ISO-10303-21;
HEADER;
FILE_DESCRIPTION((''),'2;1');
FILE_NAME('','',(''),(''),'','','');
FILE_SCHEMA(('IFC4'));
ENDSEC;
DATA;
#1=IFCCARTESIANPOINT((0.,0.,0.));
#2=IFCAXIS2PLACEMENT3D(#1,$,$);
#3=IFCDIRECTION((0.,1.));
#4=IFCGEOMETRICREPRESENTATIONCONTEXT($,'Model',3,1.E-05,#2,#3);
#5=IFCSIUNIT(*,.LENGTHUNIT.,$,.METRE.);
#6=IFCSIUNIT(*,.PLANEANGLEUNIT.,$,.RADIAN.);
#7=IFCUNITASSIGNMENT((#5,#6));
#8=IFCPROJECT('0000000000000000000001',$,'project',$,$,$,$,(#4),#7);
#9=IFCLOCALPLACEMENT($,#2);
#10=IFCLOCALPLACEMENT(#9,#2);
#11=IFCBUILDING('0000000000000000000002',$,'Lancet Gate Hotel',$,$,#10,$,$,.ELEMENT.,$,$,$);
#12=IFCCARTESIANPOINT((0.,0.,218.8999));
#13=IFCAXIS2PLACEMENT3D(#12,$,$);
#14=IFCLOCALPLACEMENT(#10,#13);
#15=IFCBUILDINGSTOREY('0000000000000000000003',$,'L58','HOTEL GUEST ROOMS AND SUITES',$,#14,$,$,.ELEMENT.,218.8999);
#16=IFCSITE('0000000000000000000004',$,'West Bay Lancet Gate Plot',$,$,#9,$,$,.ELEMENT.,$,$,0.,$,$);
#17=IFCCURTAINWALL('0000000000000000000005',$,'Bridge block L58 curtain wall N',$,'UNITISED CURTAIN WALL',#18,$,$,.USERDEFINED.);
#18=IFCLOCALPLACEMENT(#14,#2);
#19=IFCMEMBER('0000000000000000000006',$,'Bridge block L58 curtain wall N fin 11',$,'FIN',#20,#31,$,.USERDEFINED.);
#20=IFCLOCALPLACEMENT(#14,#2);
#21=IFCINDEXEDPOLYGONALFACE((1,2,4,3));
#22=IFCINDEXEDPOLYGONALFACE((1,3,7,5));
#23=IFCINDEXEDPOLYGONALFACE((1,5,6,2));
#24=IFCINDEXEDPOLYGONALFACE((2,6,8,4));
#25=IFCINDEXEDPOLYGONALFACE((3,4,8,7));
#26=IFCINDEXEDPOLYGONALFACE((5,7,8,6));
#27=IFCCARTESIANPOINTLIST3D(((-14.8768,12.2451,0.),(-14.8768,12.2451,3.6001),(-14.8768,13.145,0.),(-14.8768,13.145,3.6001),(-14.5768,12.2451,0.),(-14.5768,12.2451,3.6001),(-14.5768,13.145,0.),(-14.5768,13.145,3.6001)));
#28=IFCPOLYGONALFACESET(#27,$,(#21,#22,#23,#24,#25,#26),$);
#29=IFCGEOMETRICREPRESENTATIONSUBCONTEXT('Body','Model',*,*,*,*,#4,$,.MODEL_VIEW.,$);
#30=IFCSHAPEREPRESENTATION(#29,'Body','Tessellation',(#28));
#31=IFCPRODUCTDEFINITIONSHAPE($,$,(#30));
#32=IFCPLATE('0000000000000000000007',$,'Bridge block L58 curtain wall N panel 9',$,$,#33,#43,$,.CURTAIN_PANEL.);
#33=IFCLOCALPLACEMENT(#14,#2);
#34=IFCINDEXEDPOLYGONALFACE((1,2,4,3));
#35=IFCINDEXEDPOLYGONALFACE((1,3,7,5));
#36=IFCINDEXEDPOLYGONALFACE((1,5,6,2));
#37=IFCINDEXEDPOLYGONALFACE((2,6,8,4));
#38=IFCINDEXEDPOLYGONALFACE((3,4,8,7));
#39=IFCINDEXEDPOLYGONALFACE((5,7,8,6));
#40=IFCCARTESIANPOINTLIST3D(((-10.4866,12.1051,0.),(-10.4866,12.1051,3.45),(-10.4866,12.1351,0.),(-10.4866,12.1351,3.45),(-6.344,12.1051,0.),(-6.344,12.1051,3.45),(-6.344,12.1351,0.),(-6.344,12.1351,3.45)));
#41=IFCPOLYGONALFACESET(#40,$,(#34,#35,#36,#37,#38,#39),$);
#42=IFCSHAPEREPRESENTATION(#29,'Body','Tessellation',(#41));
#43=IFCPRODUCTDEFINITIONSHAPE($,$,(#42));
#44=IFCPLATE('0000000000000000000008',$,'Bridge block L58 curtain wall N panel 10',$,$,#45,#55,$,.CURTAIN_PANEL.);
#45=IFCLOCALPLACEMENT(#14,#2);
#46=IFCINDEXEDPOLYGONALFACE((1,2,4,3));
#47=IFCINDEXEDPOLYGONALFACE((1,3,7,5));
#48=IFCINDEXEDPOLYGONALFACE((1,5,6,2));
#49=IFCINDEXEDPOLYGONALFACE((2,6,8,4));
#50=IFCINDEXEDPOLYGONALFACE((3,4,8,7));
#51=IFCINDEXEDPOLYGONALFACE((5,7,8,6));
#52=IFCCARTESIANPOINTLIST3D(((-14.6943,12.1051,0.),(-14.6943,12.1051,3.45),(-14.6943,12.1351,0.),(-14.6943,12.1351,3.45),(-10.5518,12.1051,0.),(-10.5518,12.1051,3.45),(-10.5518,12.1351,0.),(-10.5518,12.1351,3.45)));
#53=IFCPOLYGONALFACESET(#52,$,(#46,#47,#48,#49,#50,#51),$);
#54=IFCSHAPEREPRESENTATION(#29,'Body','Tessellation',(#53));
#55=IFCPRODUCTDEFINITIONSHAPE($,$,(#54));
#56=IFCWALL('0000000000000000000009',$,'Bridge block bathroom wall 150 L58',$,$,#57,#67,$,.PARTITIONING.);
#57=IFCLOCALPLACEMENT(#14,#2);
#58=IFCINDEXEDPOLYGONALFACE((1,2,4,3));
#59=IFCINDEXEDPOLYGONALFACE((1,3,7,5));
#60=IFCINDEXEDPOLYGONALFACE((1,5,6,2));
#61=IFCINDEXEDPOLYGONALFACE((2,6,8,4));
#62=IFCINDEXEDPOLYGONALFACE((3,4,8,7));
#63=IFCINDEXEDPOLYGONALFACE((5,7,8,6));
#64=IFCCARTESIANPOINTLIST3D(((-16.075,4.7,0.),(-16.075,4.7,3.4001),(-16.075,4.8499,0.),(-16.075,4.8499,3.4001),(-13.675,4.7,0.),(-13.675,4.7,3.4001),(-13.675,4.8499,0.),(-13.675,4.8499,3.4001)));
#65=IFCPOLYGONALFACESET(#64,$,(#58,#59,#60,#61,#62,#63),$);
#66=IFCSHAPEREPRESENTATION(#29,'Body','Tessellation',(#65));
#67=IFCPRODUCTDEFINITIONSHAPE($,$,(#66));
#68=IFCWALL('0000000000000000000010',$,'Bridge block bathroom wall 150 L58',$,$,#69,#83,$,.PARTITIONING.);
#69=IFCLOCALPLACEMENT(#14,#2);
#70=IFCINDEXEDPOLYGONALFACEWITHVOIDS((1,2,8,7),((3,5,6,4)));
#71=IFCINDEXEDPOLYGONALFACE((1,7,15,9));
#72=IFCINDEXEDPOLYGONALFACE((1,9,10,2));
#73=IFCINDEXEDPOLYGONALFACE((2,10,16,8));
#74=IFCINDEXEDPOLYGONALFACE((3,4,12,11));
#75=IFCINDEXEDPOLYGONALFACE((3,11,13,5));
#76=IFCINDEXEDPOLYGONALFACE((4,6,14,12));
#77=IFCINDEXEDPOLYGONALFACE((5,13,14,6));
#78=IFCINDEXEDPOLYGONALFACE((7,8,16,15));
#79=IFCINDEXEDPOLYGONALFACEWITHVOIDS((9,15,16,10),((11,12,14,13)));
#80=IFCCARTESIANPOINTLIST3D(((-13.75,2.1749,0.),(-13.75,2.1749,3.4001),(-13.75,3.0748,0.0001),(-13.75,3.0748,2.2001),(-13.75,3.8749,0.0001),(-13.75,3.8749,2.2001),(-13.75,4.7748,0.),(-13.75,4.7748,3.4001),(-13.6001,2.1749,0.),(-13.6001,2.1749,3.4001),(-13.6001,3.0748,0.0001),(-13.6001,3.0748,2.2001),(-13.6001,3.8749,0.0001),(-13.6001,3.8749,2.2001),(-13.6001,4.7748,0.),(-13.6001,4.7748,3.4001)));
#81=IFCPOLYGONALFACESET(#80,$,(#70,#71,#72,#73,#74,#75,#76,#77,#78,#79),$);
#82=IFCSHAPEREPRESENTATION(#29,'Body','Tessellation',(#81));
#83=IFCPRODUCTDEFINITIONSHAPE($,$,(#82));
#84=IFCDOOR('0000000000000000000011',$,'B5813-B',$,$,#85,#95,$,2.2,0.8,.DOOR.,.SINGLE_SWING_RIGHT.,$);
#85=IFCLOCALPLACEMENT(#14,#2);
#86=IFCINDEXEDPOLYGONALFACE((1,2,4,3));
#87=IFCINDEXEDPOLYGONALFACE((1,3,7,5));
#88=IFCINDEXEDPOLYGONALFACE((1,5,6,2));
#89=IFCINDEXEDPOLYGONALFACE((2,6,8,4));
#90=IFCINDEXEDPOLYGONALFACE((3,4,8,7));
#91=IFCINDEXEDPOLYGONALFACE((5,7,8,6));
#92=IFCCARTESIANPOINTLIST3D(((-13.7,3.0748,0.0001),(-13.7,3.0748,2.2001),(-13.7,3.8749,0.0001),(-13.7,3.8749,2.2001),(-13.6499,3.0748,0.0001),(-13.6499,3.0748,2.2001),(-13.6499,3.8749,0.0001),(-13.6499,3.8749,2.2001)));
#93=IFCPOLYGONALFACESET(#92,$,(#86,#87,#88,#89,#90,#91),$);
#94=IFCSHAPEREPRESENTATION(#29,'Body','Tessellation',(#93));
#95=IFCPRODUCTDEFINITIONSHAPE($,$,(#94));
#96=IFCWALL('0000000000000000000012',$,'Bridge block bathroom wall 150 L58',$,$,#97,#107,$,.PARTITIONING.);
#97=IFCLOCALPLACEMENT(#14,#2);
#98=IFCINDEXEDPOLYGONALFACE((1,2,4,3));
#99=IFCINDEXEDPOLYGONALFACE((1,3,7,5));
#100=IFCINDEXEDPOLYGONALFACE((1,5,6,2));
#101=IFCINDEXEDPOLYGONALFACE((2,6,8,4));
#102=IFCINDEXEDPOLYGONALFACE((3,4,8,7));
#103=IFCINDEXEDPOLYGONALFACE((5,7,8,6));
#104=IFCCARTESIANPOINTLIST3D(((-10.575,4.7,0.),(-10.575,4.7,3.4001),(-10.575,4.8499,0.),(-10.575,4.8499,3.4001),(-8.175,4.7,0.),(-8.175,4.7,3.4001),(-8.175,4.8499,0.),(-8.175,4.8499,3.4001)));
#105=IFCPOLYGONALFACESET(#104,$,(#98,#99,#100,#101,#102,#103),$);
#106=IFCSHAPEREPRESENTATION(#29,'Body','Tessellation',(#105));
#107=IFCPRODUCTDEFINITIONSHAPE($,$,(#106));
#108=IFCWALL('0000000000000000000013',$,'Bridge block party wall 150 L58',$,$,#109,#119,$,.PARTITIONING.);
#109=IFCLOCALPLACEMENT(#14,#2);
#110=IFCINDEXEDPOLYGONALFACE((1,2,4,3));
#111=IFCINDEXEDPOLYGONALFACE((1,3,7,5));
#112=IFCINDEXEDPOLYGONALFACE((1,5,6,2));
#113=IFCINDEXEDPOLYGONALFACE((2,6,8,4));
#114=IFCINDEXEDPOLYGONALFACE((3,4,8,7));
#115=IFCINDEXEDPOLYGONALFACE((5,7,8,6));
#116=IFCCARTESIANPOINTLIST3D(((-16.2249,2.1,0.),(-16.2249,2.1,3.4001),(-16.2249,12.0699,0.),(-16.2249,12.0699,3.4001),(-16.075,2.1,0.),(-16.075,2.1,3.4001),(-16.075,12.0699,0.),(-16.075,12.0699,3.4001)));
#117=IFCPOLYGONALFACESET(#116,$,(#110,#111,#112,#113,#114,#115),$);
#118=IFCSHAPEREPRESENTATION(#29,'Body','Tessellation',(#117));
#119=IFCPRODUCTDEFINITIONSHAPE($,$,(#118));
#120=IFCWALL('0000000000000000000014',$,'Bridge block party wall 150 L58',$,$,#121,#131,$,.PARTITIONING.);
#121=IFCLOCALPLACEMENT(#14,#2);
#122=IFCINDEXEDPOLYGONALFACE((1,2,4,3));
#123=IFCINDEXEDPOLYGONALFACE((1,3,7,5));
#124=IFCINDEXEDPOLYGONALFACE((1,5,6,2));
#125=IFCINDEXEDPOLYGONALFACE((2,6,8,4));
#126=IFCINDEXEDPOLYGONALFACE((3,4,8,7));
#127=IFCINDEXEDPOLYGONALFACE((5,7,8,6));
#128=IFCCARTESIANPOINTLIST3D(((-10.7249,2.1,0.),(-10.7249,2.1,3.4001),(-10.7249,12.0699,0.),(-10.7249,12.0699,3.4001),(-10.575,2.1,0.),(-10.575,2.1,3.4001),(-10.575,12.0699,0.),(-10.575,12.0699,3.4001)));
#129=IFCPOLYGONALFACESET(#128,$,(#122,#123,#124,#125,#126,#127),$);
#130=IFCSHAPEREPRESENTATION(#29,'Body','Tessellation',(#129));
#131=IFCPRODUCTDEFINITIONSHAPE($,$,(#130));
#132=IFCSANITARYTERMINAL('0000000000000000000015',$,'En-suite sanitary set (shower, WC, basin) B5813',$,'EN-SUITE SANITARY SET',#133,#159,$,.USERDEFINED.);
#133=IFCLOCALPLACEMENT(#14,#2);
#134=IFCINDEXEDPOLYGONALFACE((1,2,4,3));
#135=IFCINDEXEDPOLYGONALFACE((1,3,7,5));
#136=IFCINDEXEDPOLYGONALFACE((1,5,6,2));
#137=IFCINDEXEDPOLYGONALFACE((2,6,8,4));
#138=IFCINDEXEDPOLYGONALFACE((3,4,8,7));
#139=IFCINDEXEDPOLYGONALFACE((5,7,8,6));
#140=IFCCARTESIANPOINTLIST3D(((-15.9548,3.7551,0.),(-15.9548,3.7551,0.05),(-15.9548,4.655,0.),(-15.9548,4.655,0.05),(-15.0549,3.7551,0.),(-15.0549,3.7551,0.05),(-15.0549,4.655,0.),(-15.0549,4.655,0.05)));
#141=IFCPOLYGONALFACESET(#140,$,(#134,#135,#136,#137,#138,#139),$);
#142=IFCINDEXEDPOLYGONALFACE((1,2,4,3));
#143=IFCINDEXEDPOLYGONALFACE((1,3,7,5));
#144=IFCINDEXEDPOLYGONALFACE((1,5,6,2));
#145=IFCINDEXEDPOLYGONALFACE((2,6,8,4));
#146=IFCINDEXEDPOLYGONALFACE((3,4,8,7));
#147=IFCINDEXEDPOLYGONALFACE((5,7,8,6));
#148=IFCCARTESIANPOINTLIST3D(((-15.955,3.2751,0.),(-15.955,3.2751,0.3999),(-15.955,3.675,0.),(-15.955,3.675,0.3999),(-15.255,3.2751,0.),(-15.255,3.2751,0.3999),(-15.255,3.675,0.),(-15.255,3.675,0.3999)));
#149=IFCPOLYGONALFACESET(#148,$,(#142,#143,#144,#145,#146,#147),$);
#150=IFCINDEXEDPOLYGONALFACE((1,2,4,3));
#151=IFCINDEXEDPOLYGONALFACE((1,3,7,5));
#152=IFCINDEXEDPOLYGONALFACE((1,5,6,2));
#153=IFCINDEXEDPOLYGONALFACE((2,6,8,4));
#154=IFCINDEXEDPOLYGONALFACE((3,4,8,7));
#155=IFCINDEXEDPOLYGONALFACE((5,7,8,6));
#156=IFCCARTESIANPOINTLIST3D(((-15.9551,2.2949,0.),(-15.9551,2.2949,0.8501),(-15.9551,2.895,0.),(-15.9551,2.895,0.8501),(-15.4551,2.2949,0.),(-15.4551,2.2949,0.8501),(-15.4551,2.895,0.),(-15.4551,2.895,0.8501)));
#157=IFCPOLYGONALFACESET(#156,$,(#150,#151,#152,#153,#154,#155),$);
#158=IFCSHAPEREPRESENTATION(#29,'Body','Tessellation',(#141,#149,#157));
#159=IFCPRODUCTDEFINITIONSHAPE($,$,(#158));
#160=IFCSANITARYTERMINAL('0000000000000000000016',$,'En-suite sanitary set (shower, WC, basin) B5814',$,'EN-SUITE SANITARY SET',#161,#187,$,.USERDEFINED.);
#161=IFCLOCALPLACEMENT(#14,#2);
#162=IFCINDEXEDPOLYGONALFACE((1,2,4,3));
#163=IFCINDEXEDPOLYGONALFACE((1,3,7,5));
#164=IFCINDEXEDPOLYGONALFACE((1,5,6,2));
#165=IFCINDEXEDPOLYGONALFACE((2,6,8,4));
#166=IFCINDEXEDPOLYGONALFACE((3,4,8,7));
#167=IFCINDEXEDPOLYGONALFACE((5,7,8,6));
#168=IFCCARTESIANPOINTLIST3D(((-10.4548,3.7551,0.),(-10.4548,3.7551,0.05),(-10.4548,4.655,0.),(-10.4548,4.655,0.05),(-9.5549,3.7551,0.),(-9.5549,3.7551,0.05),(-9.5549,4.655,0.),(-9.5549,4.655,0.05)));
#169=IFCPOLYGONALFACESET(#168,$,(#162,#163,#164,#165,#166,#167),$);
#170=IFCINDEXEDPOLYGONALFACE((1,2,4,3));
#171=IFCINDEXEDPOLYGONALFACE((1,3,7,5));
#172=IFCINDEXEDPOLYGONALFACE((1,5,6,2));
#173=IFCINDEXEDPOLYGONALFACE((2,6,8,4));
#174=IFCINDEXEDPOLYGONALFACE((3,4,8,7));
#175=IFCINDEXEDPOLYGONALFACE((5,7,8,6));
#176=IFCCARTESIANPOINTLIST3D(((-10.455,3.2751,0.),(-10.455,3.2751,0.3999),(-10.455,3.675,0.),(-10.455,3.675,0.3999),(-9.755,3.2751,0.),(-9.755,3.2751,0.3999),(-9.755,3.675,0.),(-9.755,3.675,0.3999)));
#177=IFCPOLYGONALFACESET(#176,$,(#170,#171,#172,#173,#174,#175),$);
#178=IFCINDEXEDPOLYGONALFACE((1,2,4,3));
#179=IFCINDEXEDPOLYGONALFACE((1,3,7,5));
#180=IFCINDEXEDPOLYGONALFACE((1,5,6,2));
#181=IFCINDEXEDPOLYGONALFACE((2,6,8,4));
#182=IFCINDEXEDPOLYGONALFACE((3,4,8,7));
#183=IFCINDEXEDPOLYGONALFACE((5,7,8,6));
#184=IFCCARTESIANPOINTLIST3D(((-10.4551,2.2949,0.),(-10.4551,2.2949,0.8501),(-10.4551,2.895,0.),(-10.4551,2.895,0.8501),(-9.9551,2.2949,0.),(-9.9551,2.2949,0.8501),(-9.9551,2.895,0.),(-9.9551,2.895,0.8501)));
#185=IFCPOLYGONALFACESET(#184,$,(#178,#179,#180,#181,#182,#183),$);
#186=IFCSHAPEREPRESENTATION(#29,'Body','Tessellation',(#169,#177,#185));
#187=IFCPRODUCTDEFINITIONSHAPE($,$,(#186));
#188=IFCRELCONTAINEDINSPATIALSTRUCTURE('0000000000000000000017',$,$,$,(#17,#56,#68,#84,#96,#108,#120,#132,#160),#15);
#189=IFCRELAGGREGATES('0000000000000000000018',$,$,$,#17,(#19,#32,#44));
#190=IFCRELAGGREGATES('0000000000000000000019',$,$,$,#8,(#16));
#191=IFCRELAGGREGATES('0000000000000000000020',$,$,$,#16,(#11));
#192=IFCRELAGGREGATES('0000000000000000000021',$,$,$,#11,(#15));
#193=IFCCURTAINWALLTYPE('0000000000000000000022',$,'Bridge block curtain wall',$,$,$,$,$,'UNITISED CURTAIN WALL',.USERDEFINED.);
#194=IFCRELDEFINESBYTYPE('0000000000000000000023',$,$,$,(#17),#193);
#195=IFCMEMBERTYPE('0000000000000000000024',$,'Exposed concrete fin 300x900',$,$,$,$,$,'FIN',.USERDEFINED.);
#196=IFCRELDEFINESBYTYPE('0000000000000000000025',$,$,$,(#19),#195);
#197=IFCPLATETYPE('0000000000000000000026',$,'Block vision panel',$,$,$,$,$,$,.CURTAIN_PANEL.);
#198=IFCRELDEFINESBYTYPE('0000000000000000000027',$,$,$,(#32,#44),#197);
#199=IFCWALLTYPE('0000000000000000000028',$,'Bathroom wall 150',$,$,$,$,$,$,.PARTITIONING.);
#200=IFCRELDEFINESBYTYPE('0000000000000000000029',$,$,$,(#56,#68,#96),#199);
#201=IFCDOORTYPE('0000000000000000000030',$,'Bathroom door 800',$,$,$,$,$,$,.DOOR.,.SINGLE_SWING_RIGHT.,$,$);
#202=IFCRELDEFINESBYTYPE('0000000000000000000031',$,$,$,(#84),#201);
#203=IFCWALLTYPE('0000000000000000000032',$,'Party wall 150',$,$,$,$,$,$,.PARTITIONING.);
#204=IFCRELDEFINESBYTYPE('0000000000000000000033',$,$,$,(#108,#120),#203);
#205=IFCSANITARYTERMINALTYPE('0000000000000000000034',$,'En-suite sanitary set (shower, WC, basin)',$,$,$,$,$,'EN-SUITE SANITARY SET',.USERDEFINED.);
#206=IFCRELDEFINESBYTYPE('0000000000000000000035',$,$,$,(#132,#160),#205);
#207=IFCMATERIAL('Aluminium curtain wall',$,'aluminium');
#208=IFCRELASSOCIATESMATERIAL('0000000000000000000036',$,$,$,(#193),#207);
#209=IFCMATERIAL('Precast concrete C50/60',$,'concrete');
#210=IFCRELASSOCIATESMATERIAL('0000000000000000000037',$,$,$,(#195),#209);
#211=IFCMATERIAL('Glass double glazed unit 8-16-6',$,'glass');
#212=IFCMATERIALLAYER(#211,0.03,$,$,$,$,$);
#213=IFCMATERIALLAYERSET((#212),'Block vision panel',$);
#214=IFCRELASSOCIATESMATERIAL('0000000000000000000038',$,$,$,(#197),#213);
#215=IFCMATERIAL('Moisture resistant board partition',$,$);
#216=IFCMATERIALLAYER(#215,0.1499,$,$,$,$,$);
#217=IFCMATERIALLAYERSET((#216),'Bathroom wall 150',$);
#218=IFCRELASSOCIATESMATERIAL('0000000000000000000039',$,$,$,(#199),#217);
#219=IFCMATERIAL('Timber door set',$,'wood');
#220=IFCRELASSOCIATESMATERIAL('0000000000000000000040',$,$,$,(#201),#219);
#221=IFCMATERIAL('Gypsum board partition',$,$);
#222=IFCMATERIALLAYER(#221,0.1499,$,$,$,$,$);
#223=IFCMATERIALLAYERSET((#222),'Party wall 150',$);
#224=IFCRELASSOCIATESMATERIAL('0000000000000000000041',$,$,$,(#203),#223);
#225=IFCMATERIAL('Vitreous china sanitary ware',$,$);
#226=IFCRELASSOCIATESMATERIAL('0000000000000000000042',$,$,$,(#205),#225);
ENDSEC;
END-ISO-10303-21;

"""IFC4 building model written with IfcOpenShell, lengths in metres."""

from ifc_helpers import new_model, si_unit, direction, frame, frame_2d, origin, origin_2d, place, context, subcontext, project, spatial, rectangle, extrude, material, layer, layer_set, material_profile, profile_set, type_object, element, fill, aggregate, save


model = new_model("IFC4")

# Units and contexts
model_context = context("Model", 3, precision=1e-05, world=origin(), true_north=direction((0.0, 1.0)))
body_context = subcontext(model_context, "Body", "Model", "MODEL_VIEW")
ifc_project = project(units=[si_unit("LENGTHUNIT", "METRE"), si_unit("PLANEANGLEUNIT", "RADIAN")], contexts=[model_context])

# Site, building, storey
site_placement = place(None, origin())
site = spatial("IfcSite", under=ifc_project, at=site_placement, Name="West Bay Lancet Gate Plot", CompositionType="ELEMENT", RefElevation=0.0)
building_placement = place(site_placement, origin())
building = spatial("IfcBuilding", under=site, at=building_placement, Name="Lancet Gate Hotel", CompositionType="ELEMENT")
storey_placement = place(building_placement, frame((0.0, 0.0, 218.8999)))
storey = spatial("IfcBuildingStorey", under=building, at=storey_placement, Name="L58", Description="HOTEL GUEST ROOMS AND SUITES", CompositionType="ELEMENT", Elevation=218.8999)

# Curtain wall
ifc_material_1 = material(Name="Aluminium curtain wall", Category="aluminium")
curtain_wall_type = type_object("IfcCurtainWallType", Name="Bridge block curtain wall", ElementType="UNITISED CURTAIN WALL", PredefinedType="USERDEFINED", material=ifc_material_1)
curtain_wall_placement = place(storey_placement, origin())
curtain_wall = element("IfcCurtainWall", 1, at=curtain_wall_placement, inside=storey, type_object=curtain_wall_type, Name="Bridge block L58 curtain wall N", ObjectType="UNITISED CURTAIN WALL", PredefinedType="USERDEFINED")

# Member
ifc_material_2 = material(Name="Precast concrete C50/60", Category="concrete")
ifc_material_profile_1 = material_profile(ifc_material_2, rectangle(XDim=0.3, YDim=0.8999, at=origin_2d()), Name="FIN 300x900")
ifc_profile_set_1 = profile_set([ifc_material_profile_1], Name="Precast concrete C50/60")
member_type_1 = type_object("IfcMemberType", Name="Exposed concrete fin 300x900", ElementType="FIN", PredefinedType="USERDEFINED", material=ifc_profile_set_1)
member_1_placement = place(storey_placement, frame((-14.7268, 12.6951, 0.0), z_axis=(0.0, 0.0, 1.0), x_axis=(-1.0, 0.0, 0.0)))
member_1 = element("IfcMember", 2, at=member_1_placement, type_object=member_type_1, Name="Bridge block L58 curtain wall N fin 11", ObjectType="FIN", PredefinedType="USERDEFINED", context=body_context, shape_type="SweptSolid", body=[
    extrude(rectangle(XDim=0.3, YDim=0.8999, at=origin_2d()), origin(), (0.0, 0.0, 1.0), 3.6001),
])

# Plates
ifc_material_3 = material(Name="Glass double glazed unit 8-16-6", Category="glass")
ifc_layer_1 = layer(ifc_material_3, 0.03)
ifc_layer_set_1 = layer_set([ifc_layer_1], Name="Block vision panel")
plate_type = type_object("IfcPlateType", Name="Block vision panel", PredefinedType="CURTAIN_PANEL", material=ifc_layer_set_1)
plate_1_placement = place(storey_placement, frame((-8.4153, 12.1201, 0.0), z_axis=(0.0, 0.0, 1.0), x_axis=(-1.0, 0.0, 0.0)))
plate_1 = element("IfcPlate", 3, at=plate_1_placement, type_object=plate_type, Name="Bridge block L58 curtain wall N panel 9", PredefinedType="CURTAIN_PANEL", context=body_context, shape_type="SweptSolid", body=[
    extrude(rectangle(XDim=4.1426, YDim=0.03, at=origin_2d()), origin(), (0.0, 0.0, 1.0), 3.45),
])
plate_2_placement = place(storey_placement, frame((-12.623, 12.1201, 0.0), z_axis=(0.0, 0.0, 1.0), x_axis=(-1.0, 0.0, 0.0)))
plate_2 = element("IfcPlate", 4, at=plate_2_placement, type_object=plate_type, Name="Bridge block L58 curtain wall N panel 10", PredefinedType="CURTAIN_PANEL", context=body_context, shape_type="SweptSolid", body=[
    extrude(rectangle(XDim=4.1426, YDim=0.03, at=origin_2d()), origin(), (0.0, 0.0, 1.0), 3.45),
])
aggregate(curtain_wall, [member_1, plate_1, plate_2])

# Wall
ifc_material_4 = material(Name="Moisture resistant board partition")
ifc_layer_2 = layer(ifc_material_4, 0.1499)
ifc_layer_set_2 = layer_set([ifc_layer_2], Name="Bathroom wall 150")
wall_type_1 = type_object("IfcWallType", Name="Bathroom wall 150", PredefinedType="PARTITIONING", material=ifc_layer_set_2)
wall_1_placement = place(storey_placement, frame((-16.075, 4.7749, 0.0), z_axis=(0.0, 0.0, 1.0), x_axis=(1.0, 0.0, 0.0)))
element("IfcWall", 5, at=wall_1_placement, inside=storey, type_object=wall_type_1, Name="Bridge block bathroom wall 150 L58", PredefinedType="PARTITIONING", context=body_context, shape_type="SweptSolid", body=[
    extrude(rectangle(XDim=2.3999, YDim=0.1499, at=frame_2d((1.2, 0.0))), origin(), (0.0, 0.0, 1.0), 3.4001),
])

# Wall, opening, door
wall_2_placement = place(storey_placement, frame((-13.675, 2.175, 0.0), z_axis=(0.0, 0.0, 1.0), x_axis=(0.0, 1.0, 0.0)))
wall_2 = element("IfcWall", 6, at=wall_2_placement, inside=storey, type_object=wall_type_1, Name="Bridge block bathroom wall 150 L58", PredefinedType="PARTITIONING", context=body_context, shape_type="SweptSolid", body=[
    extrude(rectangle(XDim=2.5999, YDim=0.1499, at=frame_2d((1.2998, 0.0))), origin(), (0.0, 0.0, 1.0), 3.4001),
])
opening_placement = place(wall_2_placement, frame((0.8999, 0.0, 0.0)))
opening = element("IfcOpeningElement", 7, at=opening_placement, cuts=wall_2, PredefinedType="OPENING", context=body_context, shape_type="SweptSolid", body=[
    extrude(rectangle(XDim=0.8, YDim=2.2, at=frame_2d((0.3999, 1.1001))), frame((0.0, 0.085, 0.0), z_axis=(0.0, -1.0, 0.0), x_axis=(1.0, 0.0, 0.0)), (0.0, 0.0, 1.0), 0.1699),
])
ifc_material_5 = material(Name="Timber door set", Category="wood")
door_type = type_object("IfcDoorType", Name="Bathroom door 800", OperationType="SINGLE_SWING_RIGHT", PredefinedType="DOOR", material=ifc_material_5)
door_placement = place(opening_placement, origin())
door = element("IfcDoor", 8, at=door_placement, inside=storey, type_object=door_type, Name="B5813-B", OperationType="SINGLE_SWING_RIGHT", OverallHeight=2.2, OverallWidth=0.8, PredefinedType="DOOR", context=body_context, shape_type="SweptSolid", body=[
    extrude(rectangle(XDim=0.8, YDim=2.2, at=frame_2d((0.3999, 1.1001))), frame((0.0, 0.0249, 0.0), z_axis=(0.0, -1.0, 0.0), x_axis=(1.0, 0.0, 0.0)), (0.0, 0.0, 1.0), 0.05),
])
fill(opening, door)

# Walls
wall_3_placement = place(storey_placement, frame((-10.575, 4.7749, 0.0), z_axis=(0.0, 0.0, 1.0), x_axis=(1.0, 0.0, 0.0)))
element("IfcWall", 9, at=wall_3_placement, inside=storey, type_object=wall_type_1, Name="Bridge block bathroom wall 150 L58", PredefinedType="PARTITIONING", context=body_context, shape_type="SweptSolid", body=[
    extrude(rectangle(XDim=2.3999, YDim=0.1499, at=frame_2d((1.2, 0.0))), origin(), (0.0, 0.0, 1.0), 3.4001),
])
ifc_material_6 = material(Name="Gypsum board partition")
ifc_layer_3 = layer(ifc_material_6, 0.1499)
ifc_layer_set_3 = layer_set([ifc_layer_3], Name="Party wall 150")
wall_type_2 = type_object("IfcWallType", Name="Party wall 150", PredefinedType="PARTITIONING", material=ifc_layer_set_3)
for number, where, z_axis, x_axis, name in (
    (10, (-16.1499, 2.1001, 0.0), (0.0, 0.0, 1.0), (0.0, 1.0, 0.0), "Bridge block party wall 150 L58"),
    (11, (-10.6499, 2.1001, 0.0), (0.0, 0.0, 1.0), (0.0, 1.0, 0.0), "Bridge block party wall 150 L58"),
):
    element("IfcWall", number, at=place(storey_placement, frame(where, z_axis=z_axis, x_axis=x_axis)), inside=storey, type_object=wall_type_2, Name=name, PredefinedType="PARTITIONING", context=body_context, shape_type="SweptSolid", body=[
        extrude(rectangle(XDim=9.97, YDim=0.1499, at=frame_2d((4.9849, 0.0))), origin(), (0.0, 0.0, 1.0), 3.4001),
    ])

# Sanitary terminals
ifc_material_7 = material(Name="Vitreous china sanitary ware")
sanitary_terminal_type = type_object("IfcSanitaryTerminalType", Name="En-suite sanitary set (shower, WC, basin)", ElementType="EN-SUITE SANITARY SET", PredefinedType="USERDEFINED", material=ifc_material_7)
for number, where, z_axis, x_axis, name in (
    (12, (-15.5049, 4.2051, 0.0), (0.0, 0.0, 1.0), (1.0, 0.0, 0.0), "En-suite sanitary set (shower, WC, basin) B5813"),
    (13, (-10.0049, 4.2051, 0.0), (0.0, 0.0, 1.0), (1.0, 0.0, 0.0), "En-suite sanitary set (shower, WC, basin) B5814"),
):
    element("IfcSanitaryTerminal", number, at=place(storey_placement, frame(where, z_axis=z_axis, x_axis=x_axis)), inside=storey, type_object=sanitary_terminal_type, Name=name, ObjectType="EN-SUITE SANITARY SET", PredefinedType="USERDEFINED", context=body_context, shape_type="SweptSolid", body=[
        extrude(rectangle(XDim=0.8999, YDim=0.8999, at=origin_2d()), frame((0.0, 0.0, 0.0), z_axis=(0.0, 0.0, 1.0), x_axis=(0.0, 1.0, 0.0)), (0.0, 0.0, 1.0), 0.05),
        extrude(rectangle(XDim=0.3999, YDim=0.7, at=origin_2d()), frame((-0.1001, -0.73, 0.0), z_axis=(0.0, 0.0, 1.0), x_axis=(0.0, 1.0, 0.0)), (0.0, 0.0, 1.0), 0.3999),
        extrude(rectangle(XDim=0.6001, YDim=0.5, at=origin_2d()), frame((-0.2002, -1.6101, 0.0), z_axis=(0.0, 0.0, 1.0), x_axis=(0.0, 1.0, 0.0)), (0.0, 0.0, 1.0), 0.8501),
    ])

save(model, "model.ifc")
